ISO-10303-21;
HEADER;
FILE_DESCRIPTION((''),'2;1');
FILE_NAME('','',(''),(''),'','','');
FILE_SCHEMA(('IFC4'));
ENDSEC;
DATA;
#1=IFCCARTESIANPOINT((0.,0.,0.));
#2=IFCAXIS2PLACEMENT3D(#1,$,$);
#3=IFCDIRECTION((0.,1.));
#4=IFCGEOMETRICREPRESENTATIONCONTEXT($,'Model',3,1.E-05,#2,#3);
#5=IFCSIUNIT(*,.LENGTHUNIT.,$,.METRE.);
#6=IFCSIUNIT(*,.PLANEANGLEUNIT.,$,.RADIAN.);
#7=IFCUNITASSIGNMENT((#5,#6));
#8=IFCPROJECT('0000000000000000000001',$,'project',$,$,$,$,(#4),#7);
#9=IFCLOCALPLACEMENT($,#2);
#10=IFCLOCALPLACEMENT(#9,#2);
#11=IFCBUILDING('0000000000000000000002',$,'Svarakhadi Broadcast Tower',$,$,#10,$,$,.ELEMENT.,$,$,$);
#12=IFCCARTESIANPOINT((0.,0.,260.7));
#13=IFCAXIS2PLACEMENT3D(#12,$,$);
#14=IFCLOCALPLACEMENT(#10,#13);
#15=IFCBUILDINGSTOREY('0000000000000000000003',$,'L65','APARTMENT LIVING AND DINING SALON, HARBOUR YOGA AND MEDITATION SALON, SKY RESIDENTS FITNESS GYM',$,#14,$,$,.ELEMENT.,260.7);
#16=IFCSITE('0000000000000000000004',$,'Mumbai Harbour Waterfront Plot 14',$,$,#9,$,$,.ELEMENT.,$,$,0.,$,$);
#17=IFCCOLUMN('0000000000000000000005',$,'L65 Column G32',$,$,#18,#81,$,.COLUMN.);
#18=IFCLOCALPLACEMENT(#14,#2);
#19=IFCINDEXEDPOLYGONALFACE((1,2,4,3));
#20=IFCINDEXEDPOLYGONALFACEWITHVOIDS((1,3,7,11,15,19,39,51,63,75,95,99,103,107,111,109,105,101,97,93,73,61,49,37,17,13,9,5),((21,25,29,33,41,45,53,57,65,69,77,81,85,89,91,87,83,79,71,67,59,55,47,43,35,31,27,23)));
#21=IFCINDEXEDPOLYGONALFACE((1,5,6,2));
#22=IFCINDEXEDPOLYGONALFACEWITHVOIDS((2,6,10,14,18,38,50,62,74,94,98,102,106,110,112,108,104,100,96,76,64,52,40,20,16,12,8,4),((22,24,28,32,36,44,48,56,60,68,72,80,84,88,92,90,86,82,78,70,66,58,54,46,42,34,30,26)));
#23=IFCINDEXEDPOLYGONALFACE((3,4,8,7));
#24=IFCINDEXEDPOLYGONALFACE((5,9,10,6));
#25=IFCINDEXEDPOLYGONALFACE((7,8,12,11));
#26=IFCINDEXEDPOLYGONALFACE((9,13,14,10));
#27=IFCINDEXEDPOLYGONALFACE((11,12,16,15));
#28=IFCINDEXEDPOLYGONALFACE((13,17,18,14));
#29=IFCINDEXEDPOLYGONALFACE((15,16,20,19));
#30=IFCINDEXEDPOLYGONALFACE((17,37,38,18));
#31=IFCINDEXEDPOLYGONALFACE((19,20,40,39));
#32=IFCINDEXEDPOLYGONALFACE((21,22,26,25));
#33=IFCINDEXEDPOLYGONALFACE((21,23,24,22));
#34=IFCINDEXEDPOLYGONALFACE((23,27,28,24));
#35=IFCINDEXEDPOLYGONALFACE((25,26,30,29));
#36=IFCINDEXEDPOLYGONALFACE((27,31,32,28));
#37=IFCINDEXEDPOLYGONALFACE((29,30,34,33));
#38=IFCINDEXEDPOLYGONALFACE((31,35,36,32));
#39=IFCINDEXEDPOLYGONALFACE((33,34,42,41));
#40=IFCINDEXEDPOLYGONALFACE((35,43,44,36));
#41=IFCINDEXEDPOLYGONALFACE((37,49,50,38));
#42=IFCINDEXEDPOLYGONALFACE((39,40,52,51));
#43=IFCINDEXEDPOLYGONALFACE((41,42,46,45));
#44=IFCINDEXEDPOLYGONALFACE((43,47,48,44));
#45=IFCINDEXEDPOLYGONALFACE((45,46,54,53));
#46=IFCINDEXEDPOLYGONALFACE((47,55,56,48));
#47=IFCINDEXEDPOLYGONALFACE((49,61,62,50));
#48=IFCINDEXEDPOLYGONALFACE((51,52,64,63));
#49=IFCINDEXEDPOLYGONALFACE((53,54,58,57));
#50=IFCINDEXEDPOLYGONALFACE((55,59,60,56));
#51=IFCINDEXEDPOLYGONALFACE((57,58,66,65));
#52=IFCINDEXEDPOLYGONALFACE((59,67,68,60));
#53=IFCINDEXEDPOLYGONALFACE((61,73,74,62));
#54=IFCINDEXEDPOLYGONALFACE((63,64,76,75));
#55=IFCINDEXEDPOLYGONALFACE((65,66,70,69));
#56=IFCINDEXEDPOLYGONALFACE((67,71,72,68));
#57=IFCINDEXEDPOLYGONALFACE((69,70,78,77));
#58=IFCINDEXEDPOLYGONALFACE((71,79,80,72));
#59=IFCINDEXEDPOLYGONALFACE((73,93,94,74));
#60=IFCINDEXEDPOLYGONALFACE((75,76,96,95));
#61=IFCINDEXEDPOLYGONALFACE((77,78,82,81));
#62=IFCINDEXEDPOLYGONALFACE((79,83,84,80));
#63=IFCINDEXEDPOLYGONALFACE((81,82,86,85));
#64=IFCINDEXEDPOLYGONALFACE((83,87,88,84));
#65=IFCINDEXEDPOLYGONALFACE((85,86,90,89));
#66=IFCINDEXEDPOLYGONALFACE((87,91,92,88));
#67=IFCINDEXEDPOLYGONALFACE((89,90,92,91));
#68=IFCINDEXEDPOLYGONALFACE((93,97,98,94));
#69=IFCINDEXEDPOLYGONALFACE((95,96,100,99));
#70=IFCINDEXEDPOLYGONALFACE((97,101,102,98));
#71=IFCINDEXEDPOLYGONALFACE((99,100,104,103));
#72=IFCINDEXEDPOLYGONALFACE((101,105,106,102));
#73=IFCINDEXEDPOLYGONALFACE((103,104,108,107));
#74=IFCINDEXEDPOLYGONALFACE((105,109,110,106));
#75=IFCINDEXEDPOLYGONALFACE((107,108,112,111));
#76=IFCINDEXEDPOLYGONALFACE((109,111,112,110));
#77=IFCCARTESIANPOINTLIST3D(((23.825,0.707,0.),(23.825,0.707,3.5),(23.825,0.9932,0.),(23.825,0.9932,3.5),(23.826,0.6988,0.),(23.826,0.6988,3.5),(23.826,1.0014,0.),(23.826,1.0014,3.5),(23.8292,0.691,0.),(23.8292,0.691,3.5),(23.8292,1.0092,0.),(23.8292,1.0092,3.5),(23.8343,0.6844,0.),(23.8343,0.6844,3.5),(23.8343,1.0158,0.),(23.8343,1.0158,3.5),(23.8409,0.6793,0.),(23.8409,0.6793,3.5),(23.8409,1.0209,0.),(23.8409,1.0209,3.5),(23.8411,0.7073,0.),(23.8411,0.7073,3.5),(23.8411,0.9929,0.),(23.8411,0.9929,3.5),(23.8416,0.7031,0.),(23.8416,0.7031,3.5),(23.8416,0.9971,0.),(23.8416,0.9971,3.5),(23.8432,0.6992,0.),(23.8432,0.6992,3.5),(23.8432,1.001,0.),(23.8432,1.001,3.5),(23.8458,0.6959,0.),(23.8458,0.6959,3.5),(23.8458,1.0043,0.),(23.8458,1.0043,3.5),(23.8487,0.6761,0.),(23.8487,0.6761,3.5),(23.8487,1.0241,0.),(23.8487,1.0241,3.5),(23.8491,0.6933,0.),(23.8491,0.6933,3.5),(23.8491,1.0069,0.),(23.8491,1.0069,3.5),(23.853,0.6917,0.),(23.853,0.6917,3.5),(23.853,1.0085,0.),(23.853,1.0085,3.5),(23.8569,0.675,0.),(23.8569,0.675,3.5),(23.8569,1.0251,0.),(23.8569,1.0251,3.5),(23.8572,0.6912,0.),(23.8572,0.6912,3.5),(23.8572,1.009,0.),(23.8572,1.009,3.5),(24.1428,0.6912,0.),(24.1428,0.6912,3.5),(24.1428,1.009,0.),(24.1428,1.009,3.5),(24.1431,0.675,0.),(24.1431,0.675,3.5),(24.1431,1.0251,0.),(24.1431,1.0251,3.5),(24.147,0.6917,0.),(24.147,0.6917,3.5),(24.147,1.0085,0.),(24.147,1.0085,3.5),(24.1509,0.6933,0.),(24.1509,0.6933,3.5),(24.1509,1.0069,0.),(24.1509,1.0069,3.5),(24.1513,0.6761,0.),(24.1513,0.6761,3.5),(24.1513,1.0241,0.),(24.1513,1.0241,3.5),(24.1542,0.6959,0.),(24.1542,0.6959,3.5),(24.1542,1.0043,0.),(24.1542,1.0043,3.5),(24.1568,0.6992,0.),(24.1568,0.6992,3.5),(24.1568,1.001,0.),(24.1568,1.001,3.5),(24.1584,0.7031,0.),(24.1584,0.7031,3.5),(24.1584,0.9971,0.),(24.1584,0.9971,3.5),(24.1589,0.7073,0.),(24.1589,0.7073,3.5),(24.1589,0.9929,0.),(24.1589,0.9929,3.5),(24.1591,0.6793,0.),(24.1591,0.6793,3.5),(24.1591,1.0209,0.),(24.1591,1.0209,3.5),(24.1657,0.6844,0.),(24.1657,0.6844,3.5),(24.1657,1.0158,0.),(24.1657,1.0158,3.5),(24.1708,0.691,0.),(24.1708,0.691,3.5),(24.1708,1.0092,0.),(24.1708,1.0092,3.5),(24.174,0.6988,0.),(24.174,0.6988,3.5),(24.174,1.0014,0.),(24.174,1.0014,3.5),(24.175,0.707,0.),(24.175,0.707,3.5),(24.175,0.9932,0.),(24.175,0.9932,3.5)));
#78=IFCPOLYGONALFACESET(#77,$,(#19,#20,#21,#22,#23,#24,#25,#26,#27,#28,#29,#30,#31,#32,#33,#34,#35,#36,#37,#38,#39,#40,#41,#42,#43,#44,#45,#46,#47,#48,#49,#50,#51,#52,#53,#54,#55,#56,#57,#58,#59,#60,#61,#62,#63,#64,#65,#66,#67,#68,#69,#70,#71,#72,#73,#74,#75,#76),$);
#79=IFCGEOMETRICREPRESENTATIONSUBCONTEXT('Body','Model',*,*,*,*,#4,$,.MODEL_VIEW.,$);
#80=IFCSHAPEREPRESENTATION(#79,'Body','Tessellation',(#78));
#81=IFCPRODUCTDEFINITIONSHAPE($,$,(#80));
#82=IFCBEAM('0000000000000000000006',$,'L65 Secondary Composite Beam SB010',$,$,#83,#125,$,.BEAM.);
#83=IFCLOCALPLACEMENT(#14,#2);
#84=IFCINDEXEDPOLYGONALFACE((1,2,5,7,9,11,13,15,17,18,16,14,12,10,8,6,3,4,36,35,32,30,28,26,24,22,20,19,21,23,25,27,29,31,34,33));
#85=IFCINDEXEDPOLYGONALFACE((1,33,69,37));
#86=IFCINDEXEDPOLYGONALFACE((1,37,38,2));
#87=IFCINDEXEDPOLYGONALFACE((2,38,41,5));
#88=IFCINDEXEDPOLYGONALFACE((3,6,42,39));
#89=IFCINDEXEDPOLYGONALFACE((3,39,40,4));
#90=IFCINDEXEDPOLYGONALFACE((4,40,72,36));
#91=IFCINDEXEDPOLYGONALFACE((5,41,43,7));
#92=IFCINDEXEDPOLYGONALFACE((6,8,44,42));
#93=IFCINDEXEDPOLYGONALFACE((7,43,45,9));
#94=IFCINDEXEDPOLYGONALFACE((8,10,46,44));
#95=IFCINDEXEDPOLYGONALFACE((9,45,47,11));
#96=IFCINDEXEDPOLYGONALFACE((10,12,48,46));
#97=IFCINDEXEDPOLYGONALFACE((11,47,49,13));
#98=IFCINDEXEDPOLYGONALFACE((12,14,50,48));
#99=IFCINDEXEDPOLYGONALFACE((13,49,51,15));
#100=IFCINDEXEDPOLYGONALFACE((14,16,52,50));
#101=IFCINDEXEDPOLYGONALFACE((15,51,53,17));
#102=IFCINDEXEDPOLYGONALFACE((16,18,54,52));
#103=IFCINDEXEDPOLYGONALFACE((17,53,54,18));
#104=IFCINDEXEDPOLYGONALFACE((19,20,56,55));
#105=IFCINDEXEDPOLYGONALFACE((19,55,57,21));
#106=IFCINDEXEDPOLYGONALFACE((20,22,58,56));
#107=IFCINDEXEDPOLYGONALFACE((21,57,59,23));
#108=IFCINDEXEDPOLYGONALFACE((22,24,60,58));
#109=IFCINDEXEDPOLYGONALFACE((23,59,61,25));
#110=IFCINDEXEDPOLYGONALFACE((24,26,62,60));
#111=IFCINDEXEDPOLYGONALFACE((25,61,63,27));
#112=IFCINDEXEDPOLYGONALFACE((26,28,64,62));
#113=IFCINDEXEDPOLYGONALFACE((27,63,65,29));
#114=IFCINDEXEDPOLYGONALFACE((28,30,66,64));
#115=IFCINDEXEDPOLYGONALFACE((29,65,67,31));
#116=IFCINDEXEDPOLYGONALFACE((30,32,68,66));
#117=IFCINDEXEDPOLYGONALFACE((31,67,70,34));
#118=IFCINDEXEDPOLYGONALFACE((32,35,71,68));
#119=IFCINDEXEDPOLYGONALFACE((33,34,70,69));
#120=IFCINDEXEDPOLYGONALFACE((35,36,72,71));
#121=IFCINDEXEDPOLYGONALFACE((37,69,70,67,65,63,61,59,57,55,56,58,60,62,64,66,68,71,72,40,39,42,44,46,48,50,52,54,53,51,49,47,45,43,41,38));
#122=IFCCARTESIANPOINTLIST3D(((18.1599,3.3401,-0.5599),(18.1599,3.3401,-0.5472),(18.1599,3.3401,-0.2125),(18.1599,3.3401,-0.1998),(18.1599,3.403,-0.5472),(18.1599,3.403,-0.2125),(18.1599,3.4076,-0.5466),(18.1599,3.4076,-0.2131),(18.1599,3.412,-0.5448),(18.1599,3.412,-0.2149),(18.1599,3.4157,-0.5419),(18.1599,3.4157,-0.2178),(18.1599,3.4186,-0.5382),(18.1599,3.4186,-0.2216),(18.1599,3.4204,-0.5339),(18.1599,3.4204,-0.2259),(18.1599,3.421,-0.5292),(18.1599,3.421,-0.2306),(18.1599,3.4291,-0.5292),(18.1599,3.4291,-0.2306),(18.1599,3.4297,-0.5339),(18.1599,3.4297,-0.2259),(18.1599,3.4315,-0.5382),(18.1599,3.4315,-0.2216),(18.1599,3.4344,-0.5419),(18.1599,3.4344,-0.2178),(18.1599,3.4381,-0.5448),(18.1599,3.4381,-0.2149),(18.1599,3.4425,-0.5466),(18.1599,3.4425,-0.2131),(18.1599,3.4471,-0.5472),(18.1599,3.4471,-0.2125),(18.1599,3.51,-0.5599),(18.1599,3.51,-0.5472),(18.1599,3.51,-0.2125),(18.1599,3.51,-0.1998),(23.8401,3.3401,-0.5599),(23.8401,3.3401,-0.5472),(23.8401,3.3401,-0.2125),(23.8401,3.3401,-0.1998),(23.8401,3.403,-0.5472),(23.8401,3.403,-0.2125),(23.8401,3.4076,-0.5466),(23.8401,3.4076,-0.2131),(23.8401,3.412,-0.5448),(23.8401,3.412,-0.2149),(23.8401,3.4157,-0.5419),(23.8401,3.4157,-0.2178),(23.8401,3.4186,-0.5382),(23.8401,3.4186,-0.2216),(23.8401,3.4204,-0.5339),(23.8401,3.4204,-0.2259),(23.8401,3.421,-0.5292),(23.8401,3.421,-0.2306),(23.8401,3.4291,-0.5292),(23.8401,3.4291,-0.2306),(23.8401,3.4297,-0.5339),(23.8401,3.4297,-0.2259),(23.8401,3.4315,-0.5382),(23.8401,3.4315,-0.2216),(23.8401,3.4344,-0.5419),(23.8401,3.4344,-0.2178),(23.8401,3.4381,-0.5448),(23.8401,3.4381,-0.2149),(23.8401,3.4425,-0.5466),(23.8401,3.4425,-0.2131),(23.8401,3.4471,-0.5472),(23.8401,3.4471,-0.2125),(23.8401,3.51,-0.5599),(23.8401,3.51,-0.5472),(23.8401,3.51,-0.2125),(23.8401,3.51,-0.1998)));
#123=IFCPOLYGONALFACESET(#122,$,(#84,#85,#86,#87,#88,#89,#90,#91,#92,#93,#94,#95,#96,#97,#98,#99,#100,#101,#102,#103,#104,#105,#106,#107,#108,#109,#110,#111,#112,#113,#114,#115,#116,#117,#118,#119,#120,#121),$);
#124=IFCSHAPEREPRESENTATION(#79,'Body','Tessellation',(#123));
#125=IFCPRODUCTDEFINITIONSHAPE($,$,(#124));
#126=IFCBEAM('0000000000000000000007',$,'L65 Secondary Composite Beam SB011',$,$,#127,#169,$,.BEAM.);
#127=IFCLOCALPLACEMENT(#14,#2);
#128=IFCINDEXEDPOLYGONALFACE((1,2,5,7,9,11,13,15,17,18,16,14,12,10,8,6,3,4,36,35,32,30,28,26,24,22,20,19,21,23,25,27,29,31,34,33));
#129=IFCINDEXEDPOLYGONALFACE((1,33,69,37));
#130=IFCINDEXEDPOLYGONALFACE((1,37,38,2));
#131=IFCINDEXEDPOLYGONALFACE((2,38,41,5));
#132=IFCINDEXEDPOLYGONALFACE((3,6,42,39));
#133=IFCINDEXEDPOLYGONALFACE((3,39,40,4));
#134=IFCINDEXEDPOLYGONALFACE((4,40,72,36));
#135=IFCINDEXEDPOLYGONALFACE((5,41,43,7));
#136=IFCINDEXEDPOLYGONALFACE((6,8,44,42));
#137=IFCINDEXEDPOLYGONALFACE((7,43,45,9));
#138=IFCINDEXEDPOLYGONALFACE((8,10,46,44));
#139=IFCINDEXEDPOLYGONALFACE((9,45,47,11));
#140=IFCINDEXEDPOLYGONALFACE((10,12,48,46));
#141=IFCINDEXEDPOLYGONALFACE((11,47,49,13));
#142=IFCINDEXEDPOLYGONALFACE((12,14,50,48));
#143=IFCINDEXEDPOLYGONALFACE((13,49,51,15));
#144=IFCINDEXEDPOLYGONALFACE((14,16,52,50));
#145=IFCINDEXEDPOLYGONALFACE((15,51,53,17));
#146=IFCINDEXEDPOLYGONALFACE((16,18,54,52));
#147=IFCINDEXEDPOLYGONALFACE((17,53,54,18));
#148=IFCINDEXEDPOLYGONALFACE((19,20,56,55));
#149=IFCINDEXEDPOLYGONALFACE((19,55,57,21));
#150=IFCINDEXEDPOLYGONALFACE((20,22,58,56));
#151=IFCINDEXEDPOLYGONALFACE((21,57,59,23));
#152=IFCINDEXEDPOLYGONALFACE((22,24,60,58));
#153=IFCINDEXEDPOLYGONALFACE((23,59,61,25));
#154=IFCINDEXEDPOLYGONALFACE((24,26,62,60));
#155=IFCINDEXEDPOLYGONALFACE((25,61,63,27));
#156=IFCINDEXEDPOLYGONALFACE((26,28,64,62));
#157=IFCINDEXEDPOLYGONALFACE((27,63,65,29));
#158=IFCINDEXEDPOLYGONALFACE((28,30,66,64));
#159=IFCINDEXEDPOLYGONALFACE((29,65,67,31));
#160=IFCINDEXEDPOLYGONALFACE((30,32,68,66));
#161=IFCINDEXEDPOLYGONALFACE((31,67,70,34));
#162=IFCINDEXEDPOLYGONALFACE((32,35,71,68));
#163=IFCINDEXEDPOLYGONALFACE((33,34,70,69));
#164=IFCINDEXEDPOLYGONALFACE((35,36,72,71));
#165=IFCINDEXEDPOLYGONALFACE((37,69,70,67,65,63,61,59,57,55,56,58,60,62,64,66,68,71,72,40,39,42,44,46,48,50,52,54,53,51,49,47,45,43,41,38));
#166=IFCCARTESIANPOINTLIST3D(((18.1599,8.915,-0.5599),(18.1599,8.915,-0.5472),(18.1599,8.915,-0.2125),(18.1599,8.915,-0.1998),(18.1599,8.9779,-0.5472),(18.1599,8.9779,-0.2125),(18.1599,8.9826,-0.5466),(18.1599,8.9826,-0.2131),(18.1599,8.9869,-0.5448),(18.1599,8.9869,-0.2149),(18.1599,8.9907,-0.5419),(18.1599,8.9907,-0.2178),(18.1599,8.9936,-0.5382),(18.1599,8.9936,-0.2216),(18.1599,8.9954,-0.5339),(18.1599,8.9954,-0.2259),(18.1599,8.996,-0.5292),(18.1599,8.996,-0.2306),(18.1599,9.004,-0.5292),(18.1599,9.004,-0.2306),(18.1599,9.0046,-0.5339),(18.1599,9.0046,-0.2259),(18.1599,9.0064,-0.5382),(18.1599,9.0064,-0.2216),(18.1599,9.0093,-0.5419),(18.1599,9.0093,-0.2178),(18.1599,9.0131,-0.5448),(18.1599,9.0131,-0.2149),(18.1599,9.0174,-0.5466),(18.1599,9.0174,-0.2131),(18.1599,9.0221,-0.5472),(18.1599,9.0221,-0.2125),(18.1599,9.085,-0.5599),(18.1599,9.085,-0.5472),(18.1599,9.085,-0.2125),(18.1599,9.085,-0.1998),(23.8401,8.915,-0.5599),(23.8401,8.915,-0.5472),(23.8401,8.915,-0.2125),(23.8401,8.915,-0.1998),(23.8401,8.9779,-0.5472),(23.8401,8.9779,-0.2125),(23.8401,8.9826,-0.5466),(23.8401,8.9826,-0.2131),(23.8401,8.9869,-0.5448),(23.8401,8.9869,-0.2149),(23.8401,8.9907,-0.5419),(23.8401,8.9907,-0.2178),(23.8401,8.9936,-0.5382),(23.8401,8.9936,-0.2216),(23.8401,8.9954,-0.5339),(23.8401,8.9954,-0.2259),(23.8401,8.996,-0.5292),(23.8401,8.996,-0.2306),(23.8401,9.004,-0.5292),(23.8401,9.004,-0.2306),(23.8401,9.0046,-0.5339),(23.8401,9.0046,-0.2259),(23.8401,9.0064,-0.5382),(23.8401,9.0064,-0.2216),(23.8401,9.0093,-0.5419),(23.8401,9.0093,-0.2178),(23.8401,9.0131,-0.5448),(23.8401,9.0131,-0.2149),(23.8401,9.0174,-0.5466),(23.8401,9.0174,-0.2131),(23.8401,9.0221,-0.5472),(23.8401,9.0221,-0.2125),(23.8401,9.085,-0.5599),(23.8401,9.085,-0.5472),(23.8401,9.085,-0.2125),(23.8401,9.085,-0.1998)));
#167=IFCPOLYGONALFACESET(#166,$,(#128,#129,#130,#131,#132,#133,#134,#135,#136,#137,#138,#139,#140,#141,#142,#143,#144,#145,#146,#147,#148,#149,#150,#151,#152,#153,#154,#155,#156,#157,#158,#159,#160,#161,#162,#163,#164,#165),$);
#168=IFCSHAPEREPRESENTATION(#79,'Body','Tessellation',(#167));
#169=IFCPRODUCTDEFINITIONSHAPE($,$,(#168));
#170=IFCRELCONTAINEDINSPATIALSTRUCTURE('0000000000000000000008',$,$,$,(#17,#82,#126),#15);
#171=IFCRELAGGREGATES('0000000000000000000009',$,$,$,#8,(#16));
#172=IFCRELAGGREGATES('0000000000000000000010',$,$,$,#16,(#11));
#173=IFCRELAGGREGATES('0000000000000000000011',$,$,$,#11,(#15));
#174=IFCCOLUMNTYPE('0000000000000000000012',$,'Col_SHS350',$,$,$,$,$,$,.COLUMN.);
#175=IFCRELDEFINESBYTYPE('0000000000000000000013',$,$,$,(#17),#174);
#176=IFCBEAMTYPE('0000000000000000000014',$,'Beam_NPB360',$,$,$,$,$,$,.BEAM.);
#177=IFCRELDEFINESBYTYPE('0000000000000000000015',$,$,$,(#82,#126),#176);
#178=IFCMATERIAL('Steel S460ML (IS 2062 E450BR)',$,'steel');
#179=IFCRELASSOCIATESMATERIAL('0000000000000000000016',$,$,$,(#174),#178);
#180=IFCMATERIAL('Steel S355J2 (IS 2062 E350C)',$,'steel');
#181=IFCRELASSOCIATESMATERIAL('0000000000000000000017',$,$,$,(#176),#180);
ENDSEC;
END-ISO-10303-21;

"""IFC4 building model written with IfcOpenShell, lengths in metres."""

from ifc_helpers import new_model, si_unit, direction, frame, origin, origin_2d, place, context, subcontext, project, spatial, hollow_rectangle, i_section, extrude, material, material_profile, profile_set, type_object, element, save


model = new_model("IFC4")

# Units and contexts
model_context = context("Model", 3, precision=1e-05, world=origin(), true_north=direction((0.0, 1.0)))
body_context = subcontext(model_context, "Body", "Model", "MODEL_VIEW")
ifc_project = project(units=[si_unit("LENGTHUNIT", "METRE"), si_unit("PLANEANGLEUNIT", "RADIAN")], contexts=[model_context])

# Site, building, storey
site_placement = place(None, origin())
site = spatial("IfcSite", under=ifc_project, at=site_placement, Name="Mumbai Harbour Waterfront Plot 14", CompositionType="ELEMENT", RefElevation=0.0)
building_placement = place(site_placement, origin())
building = spatial("IfcBuilding", under=site, at=building_placement, Name="Svarakhadi Broadcast Tower", CompositionType="ELEMENT")
storey_placement = place(building_placement, frame((0.0, 0.0, 260.7)))
storey = spatial("IfcBuildingStorey", under=building, at=storey_placement, Name="L65", Description="APARTMENT LIVING AND DINING SALON, HARBOUR YOGA AND MEDITATION SALON, SKY RESIDENTS FITNESS GYM", CompositionType="ELEMENT", Elevation=260.7)

# Column
ifc_material_1 = material(Name="Steel S460ML (IS 2062 E450BR)", Category="steel")
ifc_material_profile_1 = material_profile(ifc_material_1, hollow_rectangle(XDim=0.3501, YDim=0.3501, WallThickness=0.0161, InnerFilletRadius=0.0161, OuterFilletRadius=0.032, at=origin_2d()), Name="SHS 350x350x16")
ifc_profile_set_1 = profile_set([ifc_material_profile_1], Name="Steel S460ML (IS 2062 E450BR)")
column_type_1 = type_object("IfcColumnType", Name="Col_SHS350", PredefinedType="COLUMN", material=ifc_profile_set_1)
for number, where, z_axis, x_axis, name in (
    (1, (24.0, 0.8501, 0.0), (0.0, 0.0, 1.0), (1.0, 0.0, 0.0), "L65 Column G32"),
):
    element("IfcColumn", number, at=place(storey_placement, frame(where, z_axis=z_axis, x_axis=x_axis)), inside=storey, type_object=column_type_1, Name=name, PredefinedType="COLUMN", context=body_context, shape_type="SweptSolid", body=[
        extrude(hollow_rectangle(XDim=0.3501, YDim=0.3501, WallThickness=0.0161, InnerFilletRadius=0.0161, OuterFilletRadius=0.032, at=origin_2d()), origin(), (0.0, 0.0, 1.0), 3.5),
    ])

# Beams
ifc_material_2 = material(Name="Steel S355J2 (IS 2062 E350C)", Category="steel")
ifc_material_profile_2 = material_profile(ifc_material_2, i_section(OverallWidth=0.1699, OverallDepth=0.3601, WebThickness=0.0081, FlangeThickness=0.0127, FilletRadius=0.0181, at=origin_2d()), Name="NPB 360x170x57")
ifc_profile_set_2 = profile_set([ifc_material_profile_2], Name="Steel S355J2 (IS 2062 E350C)")
beam_type_1 = type_object("IfcBeamType", Name="Beam_NPB360", PredefinedType="BEAM", material=ifc_profile_set_2)
for number, where, z_axis, x_axis, name in (
    (2, (18.1599, 3.425, -0.3799), (1.0, 0.0, 0.0), (0.0, 1.0, 0.0), "L65 Secondary Composite Beam SB010"),
    (3, (18.1599, 9.0, -0.3799), (1.0, 0.0, 0.0), (0.0, 1.0, 0.0), "L65 Secondary Composite Beam SB011"),
):
    element("IfcBeam", number, at=place(storey_placement, frame(where, z_axis=z_axis, x_axis=x_axis)), inside=storey, type_object=beam_type_1, Name=name, PredefinedType="BEAM", context=body_context, shape_type="SweptSolid", body=[
        extrude(i_section(OverallWidth=0.1699, OverallDepth=0.3601, WebThickness=0.0081, FlangeThickness=0.0127, FilletRadius=0.0181, at=origin_2d()), origin(), (0.0, 0.0, 1.0), 5.6802),
    ])

save(model, "model.ifc")
